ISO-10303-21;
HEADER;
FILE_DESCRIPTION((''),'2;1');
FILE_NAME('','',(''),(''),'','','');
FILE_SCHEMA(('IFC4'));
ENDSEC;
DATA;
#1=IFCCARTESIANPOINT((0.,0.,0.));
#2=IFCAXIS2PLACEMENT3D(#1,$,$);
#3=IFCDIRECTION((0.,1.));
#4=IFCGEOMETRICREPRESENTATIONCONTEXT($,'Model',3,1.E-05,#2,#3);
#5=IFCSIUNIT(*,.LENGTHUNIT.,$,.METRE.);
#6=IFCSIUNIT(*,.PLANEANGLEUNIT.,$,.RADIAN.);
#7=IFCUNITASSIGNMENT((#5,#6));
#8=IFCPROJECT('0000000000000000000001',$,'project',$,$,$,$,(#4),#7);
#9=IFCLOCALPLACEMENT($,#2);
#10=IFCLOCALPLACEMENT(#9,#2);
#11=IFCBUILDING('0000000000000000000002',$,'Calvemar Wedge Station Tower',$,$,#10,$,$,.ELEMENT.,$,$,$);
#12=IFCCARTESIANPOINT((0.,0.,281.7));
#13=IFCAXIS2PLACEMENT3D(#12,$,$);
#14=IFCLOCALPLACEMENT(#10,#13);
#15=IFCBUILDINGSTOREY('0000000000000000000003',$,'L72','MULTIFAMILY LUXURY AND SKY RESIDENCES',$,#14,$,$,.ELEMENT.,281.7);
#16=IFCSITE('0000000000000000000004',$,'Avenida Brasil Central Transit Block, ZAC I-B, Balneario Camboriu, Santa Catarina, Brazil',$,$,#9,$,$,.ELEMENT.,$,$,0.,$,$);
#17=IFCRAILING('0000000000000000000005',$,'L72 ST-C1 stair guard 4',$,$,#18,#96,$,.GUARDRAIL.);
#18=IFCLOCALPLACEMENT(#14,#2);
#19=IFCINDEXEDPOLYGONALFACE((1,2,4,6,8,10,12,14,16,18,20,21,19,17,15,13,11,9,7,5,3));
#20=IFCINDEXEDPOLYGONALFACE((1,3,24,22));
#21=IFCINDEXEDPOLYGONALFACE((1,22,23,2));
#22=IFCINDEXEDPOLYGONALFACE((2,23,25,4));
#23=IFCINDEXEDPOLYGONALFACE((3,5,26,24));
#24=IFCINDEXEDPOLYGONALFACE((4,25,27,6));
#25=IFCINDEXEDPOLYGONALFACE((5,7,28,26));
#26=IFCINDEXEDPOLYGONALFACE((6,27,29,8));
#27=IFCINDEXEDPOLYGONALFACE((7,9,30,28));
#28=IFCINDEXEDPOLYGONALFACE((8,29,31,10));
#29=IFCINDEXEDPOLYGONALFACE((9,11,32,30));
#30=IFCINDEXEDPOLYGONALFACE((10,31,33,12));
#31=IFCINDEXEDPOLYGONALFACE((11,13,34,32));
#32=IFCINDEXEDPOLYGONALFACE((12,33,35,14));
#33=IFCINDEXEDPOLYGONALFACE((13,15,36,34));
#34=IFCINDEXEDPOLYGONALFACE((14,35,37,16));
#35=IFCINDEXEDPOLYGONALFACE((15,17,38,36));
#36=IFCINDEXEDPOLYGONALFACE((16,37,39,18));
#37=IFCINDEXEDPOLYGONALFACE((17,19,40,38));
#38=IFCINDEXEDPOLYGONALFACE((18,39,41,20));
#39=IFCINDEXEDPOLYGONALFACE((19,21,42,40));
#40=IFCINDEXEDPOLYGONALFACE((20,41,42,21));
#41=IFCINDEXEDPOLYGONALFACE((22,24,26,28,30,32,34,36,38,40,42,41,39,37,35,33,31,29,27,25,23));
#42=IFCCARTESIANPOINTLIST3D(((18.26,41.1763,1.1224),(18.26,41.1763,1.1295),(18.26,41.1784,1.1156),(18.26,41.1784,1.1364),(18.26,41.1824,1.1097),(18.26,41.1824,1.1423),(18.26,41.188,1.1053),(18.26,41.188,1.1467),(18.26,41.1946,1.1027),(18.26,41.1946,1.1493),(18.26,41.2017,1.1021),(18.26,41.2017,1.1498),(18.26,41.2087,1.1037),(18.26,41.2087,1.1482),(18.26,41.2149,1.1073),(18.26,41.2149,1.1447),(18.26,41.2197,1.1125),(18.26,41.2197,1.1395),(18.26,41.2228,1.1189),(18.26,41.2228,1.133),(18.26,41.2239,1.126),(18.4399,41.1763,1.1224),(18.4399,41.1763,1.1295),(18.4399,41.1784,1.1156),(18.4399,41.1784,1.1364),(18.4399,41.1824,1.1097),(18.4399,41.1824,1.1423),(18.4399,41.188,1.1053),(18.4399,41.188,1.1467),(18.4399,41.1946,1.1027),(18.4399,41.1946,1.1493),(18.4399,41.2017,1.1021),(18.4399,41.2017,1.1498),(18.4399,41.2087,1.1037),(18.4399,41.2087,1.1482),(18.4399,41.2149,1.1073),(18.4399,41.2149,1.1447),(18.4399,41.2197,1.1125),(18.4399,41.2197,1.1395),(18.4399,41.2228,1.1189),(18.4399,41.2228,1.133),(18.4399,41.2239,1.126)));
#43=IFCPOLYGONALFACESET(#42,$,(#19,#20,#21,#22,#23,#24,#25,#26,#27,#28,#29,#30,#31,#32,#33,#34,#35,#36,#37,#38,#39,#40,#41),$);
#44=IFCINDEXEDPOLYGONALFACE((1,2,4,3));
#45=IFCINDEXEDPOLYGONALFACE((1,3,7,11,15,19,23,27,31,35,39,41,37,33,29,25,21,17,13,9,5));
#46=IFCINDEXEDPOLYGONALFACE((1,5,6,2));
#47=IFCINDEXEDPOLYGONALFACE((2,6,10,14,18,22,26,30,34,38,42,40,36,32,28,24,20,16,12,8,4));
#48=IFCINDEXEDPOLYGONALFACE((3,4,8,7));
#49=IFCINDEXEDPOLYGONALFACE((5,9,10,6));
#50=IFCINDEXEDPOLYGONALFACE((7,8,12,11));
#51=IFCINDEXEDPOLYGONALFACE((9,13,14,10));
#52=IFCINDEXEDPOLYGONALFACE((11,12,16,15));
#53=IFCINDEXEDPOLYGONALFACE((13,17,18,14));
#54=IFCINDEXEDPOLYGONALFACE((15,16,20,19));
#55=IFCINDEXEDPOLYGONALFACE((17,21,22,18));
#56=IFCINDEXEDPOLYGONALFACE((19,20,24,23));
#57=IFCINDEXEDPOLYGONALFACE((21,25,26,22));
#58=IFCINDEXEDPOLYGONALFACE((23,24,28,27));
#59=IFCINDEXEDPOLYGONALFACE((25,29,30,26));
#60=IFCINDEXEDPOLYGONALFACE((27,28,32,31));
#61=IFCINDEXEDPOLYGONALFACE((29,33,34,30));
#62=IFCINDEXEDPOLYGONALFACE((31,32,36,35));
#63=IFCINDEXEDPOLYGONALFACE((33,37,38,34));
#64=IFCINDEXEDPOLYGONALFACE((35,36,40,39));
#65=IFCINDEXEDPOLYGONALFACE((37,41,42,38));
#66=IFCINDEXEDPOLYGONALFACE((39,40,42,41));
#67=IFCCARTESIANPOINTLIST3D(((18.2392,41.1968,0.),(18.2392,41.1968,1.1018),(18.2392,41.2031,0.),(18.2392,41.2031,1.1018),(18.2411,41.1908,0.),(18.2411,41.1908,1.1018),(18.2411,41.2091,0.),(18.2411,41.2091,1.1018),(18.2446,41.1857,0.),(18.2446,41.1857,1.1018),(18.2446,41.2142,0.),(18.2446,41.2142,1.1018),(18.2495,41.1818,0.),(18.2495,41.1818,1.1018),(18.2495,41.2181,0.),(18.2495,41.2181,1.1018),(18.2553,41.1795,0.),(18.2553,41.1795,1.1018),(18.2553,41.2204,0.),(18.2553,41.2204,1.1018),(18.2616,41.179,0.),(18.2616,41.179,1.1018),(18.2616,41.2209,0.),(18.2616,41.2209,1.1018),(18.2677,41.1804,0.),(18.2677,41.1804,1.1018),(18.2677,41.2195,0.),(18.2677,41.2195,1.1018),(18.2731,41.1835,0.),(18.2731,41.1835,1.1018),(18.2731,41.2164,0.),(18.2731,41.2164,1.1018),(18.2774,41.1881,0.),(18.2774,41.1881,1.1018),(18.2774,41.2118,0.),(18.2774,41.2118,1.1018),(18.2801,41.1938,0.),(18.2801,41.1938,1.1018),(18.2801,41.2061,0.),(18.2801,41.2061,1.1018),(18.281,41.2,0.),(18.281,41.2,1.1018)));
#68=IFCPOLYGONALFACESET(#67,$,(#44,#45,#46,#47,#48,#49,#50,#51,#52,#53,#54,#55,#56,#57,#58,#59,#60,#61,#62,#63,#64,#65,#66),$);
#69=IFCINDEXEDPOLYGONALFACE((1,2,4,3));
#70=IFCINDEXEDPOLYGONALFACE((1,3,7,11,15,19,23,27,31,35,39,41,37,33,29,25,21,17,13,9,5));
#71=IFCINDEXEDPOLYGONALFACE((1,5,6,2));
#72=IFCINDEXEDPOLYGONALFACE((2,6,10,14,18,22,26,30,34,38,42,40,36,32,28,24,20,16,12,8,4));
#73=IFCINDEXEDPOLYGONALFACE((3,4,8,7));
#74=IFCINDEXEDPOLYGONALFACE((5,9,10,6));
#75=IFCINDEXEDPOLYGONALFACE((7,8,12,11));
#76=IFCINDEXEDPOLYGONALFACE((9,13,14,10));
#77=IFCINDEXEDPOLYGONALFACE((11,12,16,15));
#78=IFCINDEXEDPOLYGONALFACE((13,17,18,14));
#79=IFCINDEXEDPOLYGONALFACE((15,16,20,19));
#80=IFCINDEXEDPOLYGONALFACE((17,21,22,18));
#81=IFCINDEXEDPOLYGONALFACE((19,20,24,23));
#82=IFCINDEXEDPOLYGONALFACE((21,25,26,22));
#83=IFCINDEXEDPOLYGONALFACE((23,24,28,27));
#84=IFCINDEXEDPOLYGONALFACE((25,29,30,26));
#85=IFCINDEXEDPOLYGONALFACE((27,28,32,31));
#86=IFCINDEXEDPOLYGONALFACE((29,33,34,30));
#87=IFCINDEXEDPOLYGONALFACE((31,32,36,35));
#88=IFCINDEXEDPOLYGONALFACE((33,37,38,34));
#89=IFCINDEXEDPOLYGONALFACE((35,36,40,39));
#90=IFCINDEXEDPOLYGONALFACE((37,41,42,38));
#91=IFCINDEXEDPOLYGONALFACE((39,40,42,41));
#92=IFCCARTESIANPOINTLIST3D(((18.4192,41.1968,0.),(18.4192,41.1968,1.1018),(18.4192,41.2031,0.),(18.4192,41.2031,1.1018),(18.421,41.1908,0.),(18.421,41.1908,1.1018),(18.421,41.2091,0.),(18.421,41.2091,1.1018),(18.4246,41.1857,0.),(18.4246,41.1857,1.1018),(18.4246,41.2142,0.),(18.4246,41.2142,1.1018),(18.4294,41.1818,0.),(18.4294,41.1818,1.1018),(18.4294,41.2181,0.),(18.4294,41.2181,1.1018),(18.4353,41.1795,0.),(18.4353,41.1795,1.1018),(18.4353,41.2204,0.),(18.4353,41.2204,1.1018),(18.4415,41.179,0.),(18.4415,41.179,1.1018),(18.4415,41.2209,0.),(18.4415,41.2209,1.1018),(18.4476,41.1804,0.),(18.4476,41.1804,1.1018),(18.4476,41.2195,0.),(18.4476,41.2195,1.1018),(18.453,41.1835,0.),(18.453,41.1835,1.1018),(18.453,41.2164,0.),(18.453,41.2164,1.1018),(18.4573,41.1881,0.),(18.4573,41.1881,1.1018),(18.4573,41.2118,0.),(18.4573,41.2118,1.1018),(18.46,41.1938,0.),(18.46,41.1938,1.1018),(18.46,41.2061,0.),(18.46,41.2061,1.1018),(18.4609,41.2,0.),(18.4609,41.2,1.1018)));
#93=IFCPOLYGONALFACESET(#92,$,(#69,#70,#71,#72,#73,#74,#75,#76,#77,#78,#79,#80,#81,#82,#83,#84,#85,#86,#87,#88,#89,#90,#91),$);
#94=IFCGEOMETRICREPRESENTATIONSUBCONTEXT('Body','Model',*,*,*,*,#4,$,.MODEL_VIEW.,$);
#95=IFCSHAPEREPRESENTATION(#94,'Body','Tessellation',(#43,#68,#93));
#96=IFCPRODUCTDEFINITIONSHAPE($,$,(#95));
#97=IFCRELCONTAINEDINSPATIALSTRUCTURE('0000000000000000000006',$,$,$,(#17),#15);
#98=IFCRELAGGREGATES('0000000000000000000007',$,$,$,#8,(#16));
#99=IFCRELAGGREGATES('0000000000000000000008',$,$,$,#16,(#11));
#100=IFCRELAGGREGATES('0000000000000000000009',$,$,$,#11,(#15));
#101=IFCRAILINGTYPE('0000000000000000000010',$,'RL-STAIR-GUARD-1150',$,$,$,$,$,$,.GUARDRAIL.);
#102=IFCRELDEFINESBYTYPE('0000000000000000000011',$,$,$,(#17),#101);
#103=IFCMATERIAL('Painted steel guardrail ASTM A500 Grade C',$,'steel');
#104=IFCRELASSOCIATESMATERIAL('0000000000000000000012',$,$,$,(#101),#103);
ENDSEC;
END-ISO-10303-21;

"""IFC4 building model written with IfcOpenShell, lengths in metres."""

from ifc_helpers import new_model, si_unit, direction, frame, origin, origin_2d, place, context, subcontext, project, spatial, circle, extrude, material, type_object, element, save


model = new_model("IFC4")

# Units and contexts
model_context = context("Model", 3, precision=1e-05, world=origin(), true_north=direction((0.0, 1.0)))
body_context = subcontext(model_context, "Body", "Model", "MODEL_VIEW")
ifc_project = project(units=[si_unit("LENGTHUNIT", "METRE"), si_unit("PLANEANGLEUNIT", "RADIAN")], contexts=[model_context])

# Site, building, storey
site_placement = place(None, origin())
site = spatial("IfcSite", under=ifc_project, at=site_placement, Name="Avenida Brasil Central Transit Block, ZAC I-B, Balneario Camboriu, Santa Catarina, Brazil", CompositionType="ELEMENT", RefElevation=0.0)
building_placement = place(site_placement, origin())
building = spatial("IfcBuilding", under=site, at=building_placement, Name="Calvemar Wedge Station Tower", CompositionType="ELEMENT")
storey_placement = place(building_placement, frame((0.0, 0.0, 281.7)))
storey = spatial("IfcBuildingStorey", under=building, at=storey_placement, Name="L72", Description="MULTIFAMILY LUXURY AND SKY RESIDENCES", CompositionType="ELEMENT", Elevation=281.7)

# Railing
ifc_material_1 = material(Name="Painted steel guardrail ASTM A500 Grade C", Category="steel")
railing_type_1 = type_object("IfcRailingType", Name="RL-STAIR-GUARD-1150", PredefinedType="GUARDRAIL", material=ifc_material_1)
railing_1_placement = place(storey_placement, frame((18.26, 41.2, 0.0)))
element("IfcRailing", 1, at=railing_1_placement, inside=storey, type_object=railing_type_1, Name="L72 ST-C1 stair guard 4", PredefinedType="GUARDRAIL", context=body_context, shape_type="SweptSolid", body=[
    extrude(circle(Radius=0.0239, at=origin_2d()), frame((0.0, 0.0, 1.126), z_axis=(1.0, 0.0, 0.0), x_axis=(0.0, 1.0, 0.0)), (0.0, 0.0, 1.0), 0.1799),
    extrude(circle(Radius=0.021, at=origin_2d()), origin(), (0.0, 0.0, 1.0), 1.1018),
    extrude(circle(Radius=0.021, at=origin_2d()), frame((0.1799, 0.0, 0.0)), (0.0, 0.0, 1.0), 1.1018),
])

save(model, "model.ifc")
